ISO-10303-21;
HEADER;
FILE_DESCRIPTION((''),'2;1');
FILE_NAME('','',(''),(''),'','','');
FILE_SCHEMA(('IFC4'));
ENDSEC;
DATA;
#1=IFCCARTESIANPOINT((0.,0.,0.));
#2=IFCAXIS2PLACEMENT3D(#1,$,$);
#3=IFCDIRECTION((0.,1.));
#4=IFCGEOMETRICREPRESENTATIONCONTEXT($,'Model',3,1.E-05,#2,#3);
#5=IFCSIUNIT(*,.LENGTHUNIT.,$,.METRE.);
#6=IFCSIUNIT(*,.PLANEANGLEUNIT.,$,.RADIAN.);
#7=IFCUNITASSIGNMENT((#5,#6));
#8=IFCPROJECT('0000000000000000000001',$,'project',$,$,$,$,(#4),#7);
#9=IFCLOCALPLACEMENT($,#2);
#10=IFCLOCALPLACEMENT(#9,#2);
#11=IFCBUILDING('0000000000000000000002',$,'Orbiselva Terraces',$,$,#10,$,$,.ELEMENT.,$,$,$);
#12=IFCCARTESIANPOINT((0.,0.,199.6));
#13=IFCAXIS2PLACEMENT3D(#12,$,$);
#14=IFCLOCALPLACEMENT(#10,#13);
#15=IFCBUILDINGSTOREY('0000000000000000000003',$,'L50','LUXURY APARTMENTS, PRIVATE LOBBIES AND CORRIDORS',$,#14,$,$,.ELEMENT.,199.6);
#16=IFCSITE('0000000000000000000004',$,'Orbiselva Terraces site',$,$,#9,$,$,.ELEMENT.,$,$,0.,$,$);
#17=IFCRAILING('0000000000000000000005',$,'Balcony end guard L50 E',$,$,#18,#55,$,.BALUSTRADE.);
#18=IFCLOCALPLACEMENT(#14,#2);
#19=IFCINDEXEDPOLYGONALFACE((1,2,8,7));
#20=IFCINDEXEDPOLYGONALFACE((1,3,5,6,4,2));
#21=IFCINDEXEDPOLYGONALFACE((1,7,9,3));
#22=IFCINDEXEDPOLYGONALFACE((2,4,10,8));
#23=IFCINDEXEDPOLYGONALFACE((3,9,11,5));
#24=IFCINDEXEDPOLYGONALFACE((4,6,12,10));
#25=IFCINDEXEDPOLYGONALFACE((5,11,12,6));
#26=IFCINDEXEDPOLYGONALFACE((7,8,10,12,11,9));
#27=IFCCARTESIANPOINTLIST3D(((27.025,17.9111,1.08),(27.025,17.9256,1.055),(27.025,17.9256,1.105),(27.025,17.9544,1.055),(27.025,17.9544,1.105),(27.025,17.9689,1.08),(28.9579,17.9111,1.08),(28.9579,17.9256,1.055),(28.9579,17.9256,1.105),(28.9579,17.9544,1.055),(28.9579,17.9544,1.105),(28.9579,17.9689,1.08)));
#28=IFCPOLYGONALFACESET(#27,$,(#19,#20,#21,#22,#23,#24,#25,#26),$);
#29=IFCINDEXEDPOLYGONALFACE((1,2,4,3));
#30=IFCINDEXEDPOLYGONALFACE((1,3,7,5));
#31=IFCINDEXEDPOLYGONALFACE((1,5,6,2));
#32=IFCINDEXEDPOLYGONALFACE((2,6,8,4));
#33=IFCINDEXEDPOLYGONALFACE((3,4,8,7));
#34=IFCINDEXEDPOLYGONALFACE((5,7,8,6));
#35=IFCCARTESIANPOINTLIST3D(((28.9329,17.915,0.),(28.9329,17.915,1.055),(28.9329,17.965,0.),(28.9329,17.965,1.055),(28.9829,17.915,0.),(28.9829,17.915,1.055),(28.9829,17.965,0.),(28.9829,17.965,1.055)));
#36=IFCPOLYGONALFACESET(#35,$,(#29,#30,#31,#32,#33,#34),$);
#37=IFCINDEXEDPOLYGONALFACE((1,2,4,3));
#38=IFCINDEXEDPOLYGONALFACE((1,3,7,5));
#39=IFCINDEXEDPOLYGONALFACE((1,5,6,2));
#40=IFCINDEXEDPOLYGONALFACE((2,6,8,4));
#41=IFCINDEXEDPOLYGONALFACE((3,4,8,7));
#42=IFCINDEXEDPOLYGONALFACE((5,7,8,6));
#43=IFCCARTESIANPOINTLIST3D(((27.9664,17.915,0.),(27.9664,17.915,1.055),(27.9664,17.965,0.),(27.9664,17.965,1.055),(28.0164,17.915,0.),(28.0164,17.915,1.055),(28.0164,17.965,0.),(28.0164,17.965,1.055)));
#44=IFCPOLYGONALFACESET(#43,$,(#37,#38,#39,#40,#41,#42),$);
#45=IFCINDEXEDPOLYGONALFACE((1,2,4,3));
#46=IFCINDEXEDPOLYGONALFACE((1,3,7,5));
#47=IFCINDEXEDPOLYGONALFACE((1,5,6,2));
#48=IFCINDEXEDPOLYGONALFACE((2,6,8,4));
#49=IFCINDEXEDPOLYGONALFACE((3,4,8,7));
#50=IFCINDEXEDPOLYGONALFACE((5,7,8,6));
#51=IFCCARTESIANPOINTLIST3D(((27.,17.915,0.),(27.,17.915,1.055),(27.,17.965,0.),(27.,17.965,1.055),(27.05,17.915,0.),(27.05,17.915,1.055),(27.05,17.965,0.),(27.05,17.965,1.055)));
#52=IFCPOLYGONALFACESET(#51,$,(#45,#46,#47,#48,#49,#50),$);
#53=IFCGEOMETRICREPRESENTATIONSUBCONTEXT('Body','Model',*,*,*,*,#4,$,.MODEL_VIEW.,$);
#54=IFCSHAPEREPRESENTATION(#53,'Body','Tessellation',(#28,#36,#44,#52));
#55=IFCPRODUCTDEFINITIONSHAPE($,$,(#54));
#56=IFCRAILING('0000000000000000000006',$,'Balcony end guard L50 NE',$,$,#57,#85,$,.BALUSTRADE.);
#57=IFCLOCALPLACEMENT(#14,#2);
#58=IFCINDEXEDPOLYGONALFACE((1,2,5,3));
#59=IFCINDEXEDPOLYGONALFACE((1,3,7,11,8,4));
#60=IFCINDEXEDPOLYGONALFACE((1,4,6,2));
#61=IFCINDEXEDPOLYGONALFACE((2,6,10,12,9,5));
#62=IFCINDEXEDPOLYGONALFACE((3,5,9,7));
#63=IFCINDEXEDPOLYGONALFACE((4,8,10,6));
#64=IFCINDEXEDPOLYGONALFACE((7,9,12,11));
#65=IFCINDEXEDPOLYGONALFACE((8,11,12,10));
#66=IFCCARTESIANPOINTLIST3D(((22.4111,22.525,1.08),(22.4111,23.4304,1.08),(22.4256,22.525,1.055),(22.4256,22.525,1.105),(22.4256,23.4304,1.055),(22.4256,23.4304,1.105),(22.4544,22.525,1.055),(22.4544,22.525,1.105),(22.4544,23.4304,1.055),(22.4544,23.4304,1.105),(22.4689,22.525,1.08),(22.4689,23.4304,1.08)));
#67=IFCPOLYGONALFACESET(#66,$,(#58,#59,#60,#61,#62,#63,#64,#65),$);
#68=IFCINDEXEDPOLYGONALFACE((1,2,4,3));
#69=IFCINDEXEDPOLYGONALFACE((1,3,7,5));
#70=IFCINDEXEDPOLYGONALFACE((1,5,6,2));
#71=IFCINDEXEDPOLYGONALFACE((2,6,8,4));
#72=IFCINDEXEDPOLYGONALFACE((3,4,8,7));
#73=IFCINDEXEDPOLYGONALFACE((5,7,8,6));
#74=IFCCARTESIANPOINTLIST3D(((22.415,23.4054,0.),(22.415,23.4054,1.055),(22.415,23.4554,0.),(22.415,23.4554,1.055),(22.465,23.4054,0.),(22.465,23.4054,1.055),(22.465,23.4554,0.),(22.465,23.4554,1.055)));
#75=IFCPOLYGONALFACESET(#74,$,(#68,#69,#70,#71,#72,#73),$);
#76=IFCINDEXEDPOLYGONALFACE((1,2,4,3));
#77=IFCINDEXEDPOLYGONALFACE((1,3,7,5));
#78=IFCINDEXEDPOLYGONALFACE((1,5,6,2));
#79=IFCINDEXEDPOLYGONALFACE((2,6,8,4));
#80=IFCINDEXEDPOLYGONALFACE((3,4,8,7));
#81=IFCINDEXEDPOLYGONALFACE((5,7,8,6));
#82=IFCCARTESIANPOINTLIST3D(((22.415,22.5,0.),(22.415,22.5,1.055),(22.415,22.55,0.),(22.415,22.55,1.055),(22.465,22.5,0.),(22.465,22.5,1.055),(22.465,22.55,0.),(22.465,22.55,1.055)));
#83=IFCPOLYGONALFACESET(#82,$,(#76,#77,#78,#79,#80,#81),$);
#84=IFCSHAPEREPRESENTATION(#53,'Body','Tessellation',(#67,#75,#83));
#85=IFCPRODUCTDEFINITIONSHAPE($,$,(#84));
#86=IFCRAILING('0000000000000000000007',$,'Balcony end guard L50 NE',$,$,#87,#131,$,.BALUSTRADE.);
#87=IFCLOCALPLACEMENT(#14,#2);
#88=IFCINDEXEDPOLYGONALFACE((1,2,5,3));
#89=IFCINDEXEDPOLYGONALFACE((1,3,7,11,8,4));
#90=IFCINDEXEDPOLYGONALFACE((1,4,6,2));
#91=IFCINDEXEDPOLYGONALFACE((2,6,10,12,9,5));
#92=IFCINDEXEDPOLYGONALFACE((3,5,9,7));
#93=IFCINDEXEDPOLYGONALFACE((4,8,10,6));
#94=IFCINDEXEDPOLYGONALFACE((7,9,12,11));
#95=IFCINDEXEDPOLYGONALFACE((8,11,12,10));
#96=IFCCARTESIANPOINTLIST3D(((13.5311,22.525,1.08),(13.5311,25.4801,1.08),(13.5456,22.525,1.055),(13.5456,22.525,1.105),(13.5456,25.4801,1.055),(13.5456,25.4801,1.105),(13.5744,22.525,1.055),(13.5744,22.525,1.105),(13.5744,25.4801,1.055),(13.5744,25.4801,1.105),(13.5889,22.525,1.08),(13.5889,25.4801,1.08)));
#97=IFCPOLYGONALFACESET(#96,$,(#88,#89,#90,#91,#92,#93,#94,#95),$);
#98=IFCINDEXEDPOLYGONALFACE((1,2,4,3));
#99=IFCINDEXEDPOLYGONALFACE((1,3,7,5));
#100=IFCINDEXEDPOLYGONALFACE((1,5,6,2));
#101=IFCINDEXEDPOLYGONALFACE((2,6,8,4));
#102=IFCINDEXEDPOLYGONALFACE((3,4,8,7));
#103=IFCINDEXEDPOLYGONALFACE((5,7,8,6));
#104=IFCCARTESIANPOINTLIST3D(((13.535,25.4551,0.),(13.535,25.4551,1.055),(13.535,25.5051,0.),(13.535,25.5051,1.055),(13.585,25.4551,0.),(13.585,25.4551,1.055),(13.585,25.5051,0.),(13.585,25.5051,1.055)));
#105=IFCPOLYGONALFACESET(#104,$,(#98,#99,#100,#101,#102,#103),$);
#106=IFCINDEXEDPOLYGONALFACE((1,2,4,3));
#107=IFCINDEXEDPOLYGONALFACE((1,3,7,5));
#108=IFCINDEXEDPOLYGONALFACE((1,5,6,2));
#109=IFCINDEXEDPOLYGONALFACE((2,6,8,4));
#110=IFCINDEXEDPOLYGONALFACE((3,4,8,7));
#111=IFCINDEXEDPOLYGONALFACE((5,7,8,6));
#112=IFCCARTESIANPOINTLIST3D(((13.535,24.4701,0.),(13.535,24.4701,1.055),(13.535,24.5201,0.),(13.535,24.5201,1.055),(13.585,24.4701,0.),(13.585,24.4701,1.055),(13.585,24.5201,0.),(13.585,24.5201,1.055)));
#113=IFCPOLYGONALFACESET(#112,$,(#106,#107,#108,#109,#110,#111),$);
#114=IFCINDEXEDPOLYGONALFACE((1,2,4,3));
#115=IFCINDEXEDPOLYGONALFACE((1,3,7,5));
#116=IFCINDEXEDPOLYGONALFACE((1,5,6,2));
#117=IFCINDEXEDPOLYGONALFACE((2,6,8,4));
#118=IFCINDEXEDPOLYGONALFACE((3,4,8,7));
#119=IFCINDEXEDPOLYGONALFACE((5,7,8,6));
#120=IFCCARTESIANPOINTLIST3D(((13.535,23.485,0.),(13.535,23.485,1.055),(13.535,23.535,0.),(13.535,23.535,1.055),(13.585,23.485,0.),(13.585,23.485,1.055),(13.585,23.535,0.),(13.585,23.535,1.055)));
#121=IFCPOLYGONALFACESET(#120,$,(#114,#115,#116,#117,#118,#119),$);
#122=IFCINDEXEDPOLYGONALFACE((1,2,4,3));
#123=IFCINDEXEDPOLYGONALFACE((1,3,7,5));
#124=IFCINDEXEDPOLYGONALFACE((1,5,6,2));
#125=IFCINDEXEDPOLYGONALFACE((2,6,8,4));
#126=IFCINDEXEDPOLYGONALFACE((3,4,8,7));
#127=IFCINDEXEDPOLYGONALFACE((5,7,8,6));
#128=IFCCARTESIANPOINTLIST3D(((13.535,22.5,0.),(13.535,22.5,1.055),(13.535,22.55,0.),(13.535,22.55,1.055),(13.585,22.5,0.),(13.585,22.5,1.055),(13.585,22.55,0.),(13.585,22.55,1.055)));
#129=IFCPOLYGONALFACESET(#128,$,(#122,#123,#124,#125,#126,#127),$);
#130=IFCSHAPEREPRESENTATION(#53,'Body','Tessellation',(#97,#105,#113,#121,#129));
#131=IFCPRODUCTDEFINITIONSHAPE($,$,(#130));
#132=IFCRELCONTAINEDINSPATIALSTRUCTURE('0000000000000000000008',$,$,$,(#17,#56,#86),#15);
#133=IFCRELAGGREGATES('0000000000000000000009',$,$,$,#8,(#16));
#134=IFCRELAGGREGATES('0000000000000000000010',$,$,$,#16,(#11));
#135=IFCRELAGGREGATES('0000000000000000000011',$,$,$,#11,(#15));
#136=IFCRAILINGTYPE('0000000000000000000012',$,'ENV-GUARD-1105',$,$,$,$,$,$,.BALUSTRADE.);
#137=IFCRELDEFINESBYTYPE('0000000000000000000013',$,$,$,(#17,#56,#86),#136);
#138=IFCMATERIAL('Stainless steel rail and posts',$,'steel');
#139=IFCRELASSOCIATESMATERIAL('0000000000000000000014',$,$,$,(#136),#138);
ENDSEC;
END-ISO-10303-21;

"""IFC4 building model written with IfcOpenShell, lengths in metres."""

from ifc_helpers import new_model, si_unit, direction, frame, origin, origin_2d, place, context, subcontext, project, spatial, polyline, rectangle, outline, extrude, material, type_object, element, save


model = new_model("IFC4")

# Units and contexts
model_context = context("Model", 3, precision=1e-05, world=origin(), true_north=direction((0.0, 1.0)))
body_context = subcontext(model_context, "Body", "Model", "MODEL_VIEW")
ifc_project = project(units=[si_unit("LENGTHUNIT", "METRE"), si_unit("PLANEANGLEUNIT", "RADIAN")], contexts=[model_context])

# Site, building, storey
site_placement = place(None, origin())
site = spatial("IfcSite", under=ifc_project, at=site_placement, Name="Orbiselva Terraces site", CompositionType="ELEMENT", RefElevation=0.0)
building_placement = place(site_placement, origin())
building = spatial("IfcBuilding", under=site, at=building_placement, Name="Orbiselva Terraces", CompositionType="ELEMENT")
storey_placement = place(building_placement, frame((0.0, 0.0, 199.6)))
storey = spatial("IfcBuildingStorey", under=building, at=storey_placement, Name="L50", Description="LUXURY APARTMENTS, PRIVATE LOBBIES AND CORRIDORS", CompositionType="ELEMENT", Elevation=199.6)

# Railings
ifc_material_1 = material(Name="Stainless steel rail and posts", Category="steel")
railing_type_1 = type_object("IfcRailingType", Name="ENV-GUARD-1105", PredefinedType="BALUSTRADE", material=ifc_material_1)
railing_1_placement = place(storey_placement, frame((28.9579, 17.94, 0.0)))
element("IfcRailing", 1, at=railing_1_placement, inside=storey, type_object=railing_type_1, Name="Balcony end guard L50 E", PredefinedType="BALUSTRADE", context=body_context, shape_type="SweptSolid", body=[
    extrude(outline(polyline([(0.0289, 0.0), (0.0144, 0.025), (-0.0144, 0.025), (-0.0289, 0.0), (-0.0144, -0.025), (0.0144, -0.025), (0.0289, 0.0)])), frame((0.0, 0.0, 1.08), z_axis=(-1.0, 0.0, 0.0), x_axis=(0.0, -1.0, 0.0)), (0.0, 0.0, 1.0), 1.9329),
    extrude(rectangle(XDim=0.05, YDim=0.05, at=origin_2d()), origin(), (0.0, 0.0, 1.0), 1.055),
    extrude(rectangle(XDim=0.05, YDim=0.05, at=origin_2d()), frame((-0.9664, 0.0, 0.0)), (0.0, 0.0, 1.0), 1.055),
    extrude(rectangle(XDim=0.05, YDim=0.05, at=origin_2d()), frame((-1.9329, 0.0, 0.0)), (0.0, 0.0, 1.0), 1.055),
])
railing_2_placement = place(storey_placement, frame((22.44, 23.4304, 0.0)))
element("IfcRailing", 2, at=railing_2_placement, inside=storey, type_object=railing_type_1, Name="Balcony end guard L50 NE", PredefinedType="BALUSTRADE", context=body_context, shape_type="SweptSolid", body=[
    extrude(outline(polyline([(0.0289, 0.0), (0.0144, 0.025), (-0.0144, 0.025), (-0.0289, 0.0), (-0.0144, -0.025), (0.0144, -0.025), (0.0289, 0.0)])), frame((0.0, 0.0, 1.08), z_axis=(0.0, -1.0, 0.0), x_axis=(1.0, 0.0, 0.0)), (0.0, 0.0, 1.0), 0.9054),
    extrude(rectangle(XDim=0.05, YDim=0.05, at=origin_2d()), origin(), (0.0, 0.0, 1.0), 1.055),
    extrude(rectangle(XDim=0.05, YDim=0.05, at=origin_2d()), frame((0.0, -0.9054, 0.0)), (0.0, 0.0, 1.0), 1.055),
])
railing_3_placement = place(storey_placement, frame((13.56, 25.4801, 0.0)))
element("IfcRailing", 3, at=railing_3_placement, inside=storey, type_object=railing_type_1, Name="Balcony end guard L50 NE", PredefinedType="BALUSTRADE", context=body_context, shape_type="SweptSolid", body=[
    extrude(outline(polyline([(0.0289, 0.0), (0.0144, 0.025), (-0.0144, 0.025), (-0.0289, 0.0), (-0.0144, -0.025), (0.0144, -0.025), (0.0289, 0.0)])), frame((0.0, 0.0, 1.08), z_axis=(0.0, -1.0, 0.0), x_axis=(1.0, 0.0, 0.0)), (0.0, 0.0, 1.0), 2.9551),
    extrude(rectangle(XDim=0.05, YDim=0.05, at=origin_2d()), origin(), (0.0, 0.0, 1.0), 1.055),
    extrude(rectangle(XDim=0.05, YDim=0.05, at=origin_2d()), frame((0.0, -0.985, 0.0)), (0.0, 0.0, 1.0), 1.055),
    extrude(rectangle(XDim=0.05, YDim=0.05, at=origin_2d()), frame((0.0, -1.9701, 0.0)), (0.0, 0.0, 1.0), 1.055),
    extrude(rectangle(XDim=0.05, YDim=0.05, at=origin_2d()), frame((0.0, -2.9551, 0.0)), (0.0, 0.0, 1.0), 1.055),
])

save(model, "model.ifc")
